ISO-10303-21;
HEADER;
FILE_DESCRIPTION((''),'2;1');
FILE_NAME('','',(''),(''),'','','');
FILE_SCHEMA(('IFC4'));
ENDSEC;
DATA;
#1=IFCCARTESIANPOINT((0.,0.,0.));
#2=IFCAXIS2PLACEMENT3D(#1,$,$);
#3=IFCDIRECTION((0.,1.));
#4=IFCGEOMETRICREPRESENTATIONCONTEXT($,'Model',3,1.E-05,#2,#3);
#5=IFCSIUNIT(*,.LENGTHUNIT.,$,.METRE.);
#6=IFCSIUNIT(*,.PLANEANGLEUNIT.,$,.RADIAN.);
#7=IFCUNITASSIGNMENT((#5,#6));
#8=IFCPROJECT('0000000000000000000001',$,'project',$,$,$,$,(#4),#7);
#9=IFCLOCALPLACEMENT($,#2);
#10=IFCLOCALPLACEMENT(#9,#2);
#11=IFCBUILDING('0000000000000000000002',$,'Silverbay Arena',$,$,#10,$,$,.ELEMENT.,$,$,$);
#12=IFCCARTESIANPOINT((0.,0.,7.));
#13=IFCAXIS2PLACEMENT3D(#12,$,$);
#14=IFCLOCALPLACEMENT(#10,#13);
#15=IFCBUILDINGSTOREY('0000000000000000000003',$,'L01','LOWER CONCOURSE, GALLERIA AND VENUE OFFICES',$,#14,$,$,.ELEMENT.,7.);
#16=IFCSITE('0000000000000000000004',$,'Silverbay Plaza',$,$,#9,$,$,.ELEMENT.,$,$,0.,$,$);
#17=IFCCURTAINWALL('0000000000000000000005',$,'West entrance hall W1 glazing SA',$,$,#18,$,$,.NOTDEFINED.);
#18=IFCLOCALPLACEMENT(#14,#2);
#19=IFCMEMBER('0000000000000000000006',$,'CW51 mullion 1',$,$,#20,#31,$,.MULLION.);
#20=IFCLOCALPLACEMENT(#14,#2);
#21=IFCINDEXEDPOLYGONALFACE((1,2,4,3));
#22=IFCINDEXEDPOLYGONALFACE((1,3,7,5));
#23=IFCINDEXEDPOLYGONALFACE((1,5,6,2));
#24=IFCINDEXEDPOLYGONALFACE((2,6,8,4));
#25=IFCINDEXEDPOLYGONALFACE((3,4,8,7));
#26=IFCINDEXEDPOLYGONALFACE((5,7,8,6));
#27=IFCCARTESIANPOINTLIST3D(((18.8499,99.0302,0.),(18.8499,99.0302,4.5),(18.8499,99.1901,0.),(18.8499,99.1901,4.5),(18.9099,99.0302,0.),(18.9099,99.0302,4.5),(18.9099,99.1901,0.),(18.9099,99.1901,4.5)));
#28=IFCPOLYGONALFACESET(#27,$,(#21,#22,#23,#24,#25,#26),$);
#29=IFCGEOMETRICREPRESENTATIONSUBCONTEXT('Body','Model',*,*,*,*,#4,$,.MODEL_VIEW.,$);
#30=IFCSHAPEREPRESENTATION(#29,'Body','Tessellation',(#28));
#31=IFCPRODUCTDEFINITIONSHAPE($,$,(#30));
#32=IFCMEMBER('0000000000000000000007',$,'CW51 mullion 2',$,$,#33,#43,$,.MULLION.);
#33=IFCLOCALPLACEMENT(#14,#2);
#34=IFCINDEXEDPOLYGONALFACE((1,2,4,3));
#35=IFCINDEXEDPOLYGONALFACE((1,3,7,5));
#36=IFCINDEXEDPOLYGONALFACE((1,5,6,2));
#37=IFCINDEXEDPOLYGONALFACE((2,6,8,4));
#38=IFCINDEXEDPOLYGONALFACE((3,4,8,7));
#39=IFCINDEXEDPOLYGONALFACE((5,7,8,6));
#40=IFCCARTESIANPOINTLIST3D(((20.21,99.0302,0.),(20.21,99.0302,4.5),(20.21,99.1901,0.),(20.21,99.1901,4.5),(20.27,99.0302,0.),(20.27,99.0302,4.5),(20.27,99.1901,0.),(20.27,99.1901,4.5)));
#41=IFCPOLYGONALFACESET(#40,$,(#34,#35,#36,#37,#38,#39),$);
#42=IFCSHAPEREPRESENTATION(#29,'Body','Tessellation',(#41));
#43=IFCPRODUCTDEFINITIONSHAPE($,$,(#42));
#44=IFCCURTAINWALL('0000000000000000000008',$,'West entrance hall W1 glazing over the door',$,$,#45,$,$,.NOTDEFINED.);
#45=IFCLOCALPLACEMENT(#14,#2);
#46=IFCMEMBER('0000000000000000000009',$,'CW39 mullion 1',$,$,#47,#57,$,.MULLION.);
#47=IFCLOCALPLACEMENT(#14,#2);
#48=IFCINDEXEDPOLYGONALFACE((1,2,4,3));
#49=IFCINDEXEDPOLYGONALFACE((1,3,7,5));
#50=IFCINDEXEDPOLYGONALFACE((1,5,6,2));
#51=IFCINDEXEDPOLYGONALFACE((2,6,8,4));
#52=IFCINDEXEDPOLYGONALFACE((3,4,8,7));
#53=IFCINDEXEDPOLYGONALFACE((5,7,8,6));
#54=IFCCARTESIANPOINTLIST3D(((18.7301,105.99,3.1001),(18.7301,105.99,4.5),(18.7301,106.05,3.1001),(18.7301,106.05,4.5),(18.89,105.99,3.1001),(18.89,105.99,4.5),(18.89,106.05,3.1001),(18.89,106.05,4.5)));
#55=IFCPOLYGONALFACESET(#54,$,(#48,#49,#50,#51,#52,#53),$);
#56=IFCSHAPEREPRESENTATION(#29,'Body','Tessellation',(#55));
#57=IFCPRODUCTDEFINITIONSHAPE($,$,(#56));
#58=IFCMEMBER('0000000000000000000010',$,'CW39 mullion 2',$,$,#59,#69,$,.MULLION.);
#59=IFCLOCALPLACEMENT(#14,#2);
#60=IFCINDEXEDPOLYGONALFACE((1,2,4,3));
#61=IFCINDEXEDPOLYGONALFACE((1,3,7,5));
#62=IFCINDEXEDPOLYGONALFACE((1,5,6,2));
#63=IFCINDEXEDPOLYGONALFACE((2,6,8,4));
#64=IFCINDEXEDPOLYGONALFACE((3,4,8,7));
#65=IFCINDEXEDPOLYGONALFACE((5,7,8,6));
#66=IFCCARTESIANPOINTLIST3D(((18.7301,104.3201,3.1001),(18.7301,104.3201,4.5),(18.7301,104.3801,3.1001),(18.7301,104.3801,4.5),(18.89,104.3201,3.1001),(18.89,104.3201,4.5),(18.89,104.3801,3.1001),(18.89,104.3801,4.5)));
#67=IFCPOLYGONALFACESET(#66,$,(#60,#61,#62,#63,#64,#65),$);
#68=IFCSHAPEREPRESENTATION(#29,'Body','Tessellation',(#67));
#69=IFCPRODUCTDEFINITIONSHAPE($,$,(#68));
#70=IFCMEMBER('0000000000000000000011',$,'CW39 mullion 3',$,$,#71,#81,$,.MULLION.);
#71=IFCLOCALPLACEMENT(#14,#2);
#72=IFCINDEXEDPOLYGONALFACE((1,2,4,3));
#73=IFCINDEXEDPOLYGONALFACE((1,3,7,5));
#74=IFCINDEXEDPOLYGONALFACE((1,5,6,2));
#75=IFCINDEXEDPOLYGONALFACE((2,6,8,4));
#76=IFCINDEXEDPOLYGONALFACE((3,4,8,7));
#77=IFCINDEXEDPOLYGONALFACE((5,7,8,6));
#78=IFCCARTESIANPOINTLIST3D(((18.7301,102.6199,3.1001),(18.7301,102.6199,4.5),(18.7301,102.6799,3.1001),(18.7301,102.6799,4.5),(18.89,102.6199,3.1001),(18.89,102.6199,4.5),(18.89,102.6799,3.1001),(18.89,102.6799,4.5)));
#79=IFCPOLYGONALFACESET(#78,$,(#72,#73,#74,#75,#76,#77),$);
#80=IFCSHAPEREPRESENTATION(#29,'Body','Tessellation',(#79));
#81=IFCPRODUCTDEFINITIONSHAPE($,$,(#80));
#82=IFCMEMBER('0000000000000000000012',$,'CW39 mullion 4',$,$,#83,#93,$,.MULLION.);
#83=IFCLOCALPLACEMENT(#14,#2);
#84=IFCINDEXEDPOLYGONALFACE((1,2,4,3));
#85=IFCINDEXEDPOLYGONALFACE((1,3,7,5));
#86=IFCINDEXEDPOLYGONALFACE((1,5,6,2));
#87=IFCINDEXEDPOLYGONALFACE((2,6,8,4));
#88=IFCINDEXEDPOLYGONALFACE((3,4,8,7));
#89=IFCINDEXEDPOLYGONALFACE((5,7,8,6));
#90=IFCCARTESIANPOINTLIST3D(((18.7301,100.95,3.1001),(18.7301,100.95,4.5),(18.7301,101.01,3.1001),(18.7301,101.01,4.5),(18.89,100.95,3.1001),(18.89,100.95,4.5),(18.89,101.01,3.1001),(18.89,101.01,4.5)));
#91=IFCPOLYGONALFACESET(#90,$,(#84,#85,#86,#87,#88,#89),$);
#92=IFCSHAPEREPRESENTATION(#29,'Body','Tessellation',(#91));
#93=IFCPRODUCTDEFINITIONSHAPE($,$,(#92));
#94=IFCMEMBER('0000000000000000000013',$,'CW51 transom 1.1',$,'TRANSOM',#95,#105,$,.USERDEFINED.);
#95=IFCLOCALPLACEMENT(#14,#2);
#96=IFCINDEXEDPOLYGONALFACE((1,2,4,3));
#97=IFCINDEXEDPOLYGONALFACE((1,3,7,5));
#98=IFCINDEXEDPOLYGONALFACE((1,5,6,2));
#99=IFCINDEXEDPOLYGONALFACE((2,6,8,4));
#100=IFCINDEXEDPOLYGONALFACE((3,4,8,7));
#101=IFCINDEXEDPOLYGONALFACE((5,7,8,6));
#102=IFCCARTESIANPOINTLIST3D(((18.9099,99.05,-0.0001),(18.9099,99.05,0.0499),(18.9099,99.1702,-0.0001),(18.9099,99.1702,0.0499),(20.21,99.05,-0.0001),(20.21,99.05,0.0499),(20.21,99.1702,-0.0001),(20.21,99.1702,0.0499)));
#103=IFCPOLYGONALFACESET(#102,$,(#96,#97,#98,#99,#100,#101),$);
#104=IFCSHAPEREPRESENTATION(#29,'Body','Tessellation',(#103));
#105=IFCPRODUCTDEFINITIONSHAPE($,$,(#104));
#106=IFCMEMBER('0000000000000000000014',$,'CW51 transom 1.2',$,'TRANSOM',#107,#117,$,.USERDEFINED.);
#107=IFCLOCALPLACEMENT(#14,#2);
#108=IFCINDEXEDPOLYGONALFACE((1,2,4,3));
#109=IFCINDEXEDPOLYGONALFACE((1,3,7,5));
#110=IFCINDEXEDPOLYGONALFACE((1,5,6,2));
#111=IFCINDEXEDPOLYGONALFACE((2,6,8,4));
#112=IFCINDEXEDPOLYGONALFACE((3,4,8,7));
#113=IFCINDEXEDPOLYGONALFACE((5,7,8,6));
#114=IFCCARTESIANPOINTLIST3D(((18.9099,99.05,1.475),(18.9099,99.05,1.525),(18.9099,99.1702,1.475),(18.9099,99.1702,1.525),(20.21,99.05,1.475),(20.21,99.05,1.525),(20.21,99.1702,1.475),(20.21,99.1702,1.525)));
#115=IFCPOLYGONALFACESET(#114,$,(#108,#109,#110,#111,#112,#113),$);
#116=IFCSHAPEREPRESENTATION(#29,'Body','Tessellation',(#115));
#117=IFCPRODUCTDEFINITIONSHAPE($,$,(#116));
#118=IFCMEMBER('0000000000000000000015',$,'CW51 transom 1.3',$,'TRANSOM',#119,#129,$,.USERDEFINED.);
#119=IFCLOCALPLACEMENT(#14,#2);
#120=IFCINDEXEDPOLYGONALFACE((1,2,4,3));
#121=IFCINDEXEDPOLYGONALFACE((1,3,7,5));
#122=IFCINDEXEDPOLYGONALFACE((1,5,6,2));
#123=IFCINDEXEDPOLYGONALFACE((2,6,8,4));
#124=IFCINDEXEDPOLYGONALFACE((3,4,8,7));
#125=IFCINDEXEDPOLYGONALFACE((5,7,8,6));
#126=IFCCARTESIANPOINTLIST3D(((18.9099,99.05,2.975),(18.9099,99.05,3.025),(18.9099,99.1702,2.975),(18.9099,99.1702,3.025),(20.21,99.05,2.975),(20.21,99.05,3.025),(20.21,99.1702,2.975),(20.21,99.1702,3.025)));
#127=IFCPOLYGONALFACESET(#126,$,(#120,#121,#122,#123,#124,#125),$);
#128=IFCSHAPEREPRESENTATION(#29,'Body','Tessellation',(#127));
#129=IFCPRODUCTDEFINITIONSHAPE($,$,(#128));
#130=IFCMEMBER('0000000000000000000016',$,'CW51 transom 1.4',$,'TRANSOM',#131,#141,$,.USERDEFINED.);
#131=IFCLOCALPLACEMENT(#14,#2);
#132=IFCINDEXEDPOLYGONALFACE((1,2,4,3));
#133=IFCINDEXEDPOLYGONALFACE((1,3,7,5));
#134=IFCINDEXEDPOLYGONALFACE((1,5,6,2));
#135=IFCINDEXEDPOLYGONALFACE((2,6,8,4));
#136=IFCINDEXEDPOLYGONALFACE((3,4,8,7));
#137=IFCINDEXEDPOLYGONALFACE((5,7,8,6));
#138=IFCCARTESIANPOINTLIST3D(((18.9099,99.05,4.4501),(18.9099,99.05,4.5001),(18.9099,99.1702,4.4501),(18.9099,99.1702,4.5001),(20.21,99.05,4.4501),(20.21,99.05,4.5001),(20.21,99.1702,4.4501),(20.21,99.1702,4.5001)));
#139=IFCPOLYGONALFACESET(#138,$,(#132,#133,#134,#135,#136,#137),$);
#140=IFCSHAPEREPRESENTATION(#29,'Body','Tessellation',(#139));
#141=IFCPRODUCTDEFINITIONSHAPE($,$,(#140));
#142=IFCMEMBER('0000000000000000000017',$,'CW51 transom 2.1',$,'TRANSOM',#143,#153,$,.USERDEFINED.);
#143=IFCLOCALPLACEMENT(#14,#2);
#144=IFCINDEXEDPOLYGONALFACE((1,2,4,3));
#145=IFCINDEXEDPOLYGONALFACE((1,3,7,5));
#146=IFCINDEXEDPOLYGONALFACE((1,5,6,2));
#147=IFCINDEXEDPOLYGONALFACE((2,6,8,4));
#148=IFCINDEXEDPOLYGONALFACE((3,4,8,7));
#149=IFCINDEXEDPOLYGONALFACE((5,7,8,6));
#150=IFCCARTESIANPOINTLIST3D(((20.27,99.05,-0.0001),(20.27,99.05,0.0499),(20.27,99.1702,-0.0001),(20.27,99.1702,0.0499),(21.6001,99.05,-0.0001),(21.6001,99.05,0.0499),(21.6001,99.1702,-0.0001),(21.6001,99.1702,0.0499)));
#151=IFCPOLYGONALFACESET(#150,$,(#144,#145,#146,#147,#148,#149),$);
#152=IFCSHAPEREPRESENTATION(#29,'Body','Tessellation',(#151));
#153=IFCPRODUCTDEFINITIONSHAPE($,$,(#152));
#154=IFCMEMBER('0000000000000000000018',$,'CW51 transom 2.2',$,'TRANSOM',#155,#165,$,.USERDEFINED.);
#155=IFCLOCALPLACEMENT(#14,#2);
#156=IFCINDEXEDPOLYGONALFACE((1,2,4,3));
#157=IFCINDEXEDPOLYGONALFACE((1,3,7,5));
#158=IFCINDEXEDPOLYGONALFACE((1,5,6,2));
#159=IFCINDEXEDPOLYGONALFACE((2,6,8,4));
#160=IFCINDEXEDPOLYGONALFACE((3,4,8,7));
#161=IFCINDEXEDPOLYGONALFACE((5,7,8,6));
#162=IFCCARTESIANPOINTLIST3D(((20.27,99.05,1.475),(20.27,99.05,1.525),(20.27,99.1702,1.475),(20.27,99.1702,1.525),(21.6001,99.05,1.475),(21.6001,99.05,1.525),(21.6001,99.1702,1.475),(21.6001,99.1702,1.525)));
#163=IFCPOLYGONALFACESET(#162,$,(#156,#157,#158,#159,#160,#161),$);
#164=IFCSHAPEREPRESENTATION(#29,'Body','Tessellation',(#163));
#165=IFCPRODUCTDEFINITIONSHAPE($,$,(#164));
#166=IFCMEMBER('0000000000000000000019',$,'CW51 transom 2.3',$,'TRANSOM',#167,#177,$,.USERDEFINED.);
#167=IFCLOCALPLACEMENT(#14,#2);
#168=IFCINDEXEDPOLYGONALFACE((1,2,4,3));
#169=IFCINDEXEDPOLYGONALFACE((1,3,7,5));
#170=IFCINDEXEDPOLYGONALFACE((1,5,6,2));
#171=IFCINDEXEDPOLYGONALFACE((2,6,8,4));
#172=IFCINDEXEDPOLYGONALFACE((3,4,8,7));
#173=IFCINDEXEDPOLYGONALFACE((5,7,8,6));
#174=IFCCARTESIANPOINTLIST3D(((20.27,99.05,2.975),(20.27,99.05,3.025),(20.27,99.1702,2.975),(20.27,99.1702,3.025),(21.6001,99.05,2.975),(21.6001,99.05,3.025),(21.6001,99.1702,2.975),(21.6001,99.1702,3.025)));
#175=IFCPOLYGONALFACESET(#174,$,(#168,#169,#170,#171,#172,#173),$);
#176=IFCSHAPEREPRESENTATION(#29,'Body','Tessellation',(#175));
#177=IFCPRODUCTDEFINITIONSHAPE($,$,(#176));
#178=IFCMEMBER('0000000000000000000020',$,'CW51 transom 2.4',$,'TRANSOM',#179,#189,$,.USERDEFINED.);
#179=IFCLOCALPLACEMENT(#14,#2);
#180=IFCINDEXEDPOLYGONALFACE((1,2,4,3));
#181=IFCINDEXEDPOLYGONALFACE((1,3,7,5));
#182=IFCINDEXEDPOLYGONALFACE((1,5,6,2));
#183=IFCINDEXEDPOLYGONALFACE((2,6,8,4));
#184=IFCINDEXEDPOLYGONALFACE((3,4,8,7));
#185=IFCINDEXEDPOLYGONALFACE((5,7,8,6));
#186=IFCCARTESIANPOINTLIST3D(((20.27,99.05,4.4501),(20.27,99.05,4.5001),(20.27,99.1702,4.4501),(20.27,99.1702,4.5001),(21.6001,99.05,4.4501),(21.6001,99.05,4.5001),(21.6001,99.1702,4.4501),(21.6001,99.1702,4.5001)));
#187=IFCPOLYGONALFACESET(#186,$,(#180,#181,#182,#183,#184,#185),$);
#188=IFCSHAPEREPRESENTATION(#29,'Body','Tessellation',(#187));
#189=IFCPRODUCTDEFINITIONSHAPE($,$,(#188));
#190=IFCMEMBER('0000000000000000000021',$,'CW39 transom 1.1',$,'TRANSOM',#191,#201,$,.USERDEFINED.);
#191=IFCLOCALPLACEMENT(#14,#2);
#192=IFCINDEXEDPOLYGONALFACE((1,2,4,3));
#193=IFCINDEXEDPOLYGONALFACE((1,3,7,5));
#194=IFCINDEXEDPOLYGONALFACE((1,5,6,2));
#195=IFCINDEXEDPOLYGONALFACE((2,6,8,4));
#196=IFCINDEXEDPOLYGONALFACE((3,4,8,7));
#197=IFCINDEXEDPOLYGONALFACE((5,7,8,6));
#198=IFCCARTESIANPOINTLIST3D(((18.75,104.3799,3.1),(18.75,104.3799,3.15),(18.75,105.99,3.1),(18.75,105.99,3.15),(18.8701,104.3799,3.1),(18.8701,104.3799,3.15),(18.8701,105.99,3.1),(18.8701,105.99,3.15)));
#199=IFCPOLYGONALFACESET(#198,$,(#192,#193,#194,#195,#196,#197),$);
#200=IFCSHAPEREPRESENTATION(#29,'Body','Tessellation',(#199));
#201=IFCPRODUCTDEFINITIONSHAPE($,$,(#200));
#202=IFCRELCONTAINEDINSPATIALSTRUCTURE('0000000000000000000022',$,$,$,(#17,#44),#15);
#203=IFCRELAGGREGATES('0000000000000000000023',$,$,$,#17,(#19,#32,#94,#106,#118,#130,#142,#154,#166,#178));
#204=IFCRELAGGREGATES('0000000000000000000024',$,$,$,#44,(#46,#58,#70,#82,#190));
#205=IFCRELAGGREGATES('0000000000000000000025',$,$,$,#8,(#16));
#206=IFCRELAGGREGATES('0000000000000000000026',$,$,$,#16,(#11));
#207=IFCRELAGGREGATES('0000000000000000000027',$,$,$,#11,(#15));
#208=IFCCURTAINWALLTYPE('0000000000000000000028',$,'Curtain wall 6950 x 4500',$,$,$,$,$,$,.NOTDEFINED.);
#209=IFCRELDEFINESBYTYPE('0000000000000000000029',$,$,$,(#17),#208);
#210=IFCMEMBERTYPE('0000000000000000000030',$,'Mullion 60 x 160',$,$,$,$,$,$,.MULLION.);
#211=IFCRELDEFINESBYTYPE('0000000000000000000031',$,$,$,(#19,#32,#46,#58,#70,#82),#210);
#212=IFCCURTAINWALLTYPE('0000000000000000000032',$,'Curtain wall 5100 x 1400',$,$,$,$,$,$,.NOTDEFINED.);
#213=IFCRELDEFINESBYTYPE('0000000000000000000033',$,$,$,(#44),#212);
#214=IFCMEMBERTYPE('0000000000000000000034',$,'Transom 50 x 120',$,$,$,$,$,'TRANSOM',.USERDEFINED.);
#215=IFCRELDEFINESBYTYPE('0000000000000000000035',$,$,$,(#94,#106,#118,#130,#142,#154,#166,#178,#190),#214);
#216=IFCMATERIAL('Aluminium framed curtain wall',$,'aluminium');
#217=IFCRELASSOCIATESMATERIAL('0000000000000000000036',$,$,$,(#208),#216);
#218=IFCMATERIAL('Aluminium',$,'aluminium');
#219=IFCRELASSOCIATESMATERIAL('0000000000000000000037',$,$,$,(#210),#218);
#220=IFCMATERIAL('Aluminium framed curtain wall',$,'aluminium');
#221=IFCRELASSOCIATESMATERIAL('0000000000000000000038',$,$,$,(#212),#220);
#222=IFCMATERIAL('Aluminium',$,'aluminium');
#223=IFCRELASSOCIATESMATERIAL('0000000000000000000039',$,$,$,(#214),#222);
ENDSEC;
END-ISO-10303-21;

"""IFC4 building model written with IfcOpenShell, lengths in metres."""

from ifc_helpers import new_model, si_unit, direction, frame, origin, origin_2d, place, context, subcontext, project, spatial, rectangle, extrude, material, material_profile, profile_set, type_object, element, aggregate, save


model = new_model("IFC4")

# Units and contexts
model_context = context("Model", 3, precision=1e-05, world=origin(), true_north=direction((0.0, 1.0)))
body_context = subcontext(model_context, "Body", "Model", "MODEL_VIEW")
ifc_project = project(units=[si_unit("LENGTHUNIT", "METRE"), si_unit("PLANEANGLEUNIT", "RADIAN")], contexts=[model_context])

# Site, building, storey
site_placement = place(None, origin())
site = spatial("IfcSite", under=ifc_project, at=site_placement, Name="Silverbay Plaza", CompositionType="ELEMENT", RefElevation=0.0)
building_placement = place(site_placement, origin())
building = spatial("IfcBuilding", under=site, at=building_placement, Name="Silverbay Arena", CompositionType="ELEMENT")
storey_placement = place(building_placement, frame((0.0, 0.0, 7.0)))
storey = spatial("IfcBuildingStorey", under=building, at=storey_placement, Name="L01", Description="LOWER CONCOURSE, GALLERIA AND VENUE OFFICES", CompositionType="ELEMENT", Elevation=7.0)

# Curtain walls, members
ifc_material_1 = material(Name="Aluminium framed curtain wall", Category="aluminium")
curtain_wall_type_1 = type_object("IfcCurtainWallType", Name="Curtain wall 6950 x 4500", PredefinedType="NOTDEFINED", material=ifc_material_1)
curtain_wall_1_placement = place(storey_placement, origin())
curtain_wall_1 = element("IfcCurtainWall", 1, at=curtain_wall_1_placement, inside=storey, type_object=curtain_wall_type_1, Name="West entrance hall W1 glazing SA", PredefinedType="NOTDEFINED")
ifc_material_2 = material(Name="Aluminium", Category="aluminium")
ifc_material_profile_1 = material_profile(ifc_material_2, rectangle(XDim=0.1599, YDim=0.0601, at=origin_2d()), Name="Mullion 60 x 160")
ifc_profile_set_1 = profile_set([ifc_material_profile_1], Name="Aluminium")
member_type_1 = type_object("IfcMemberType", Name="Mullion 60 x 160", PredefinedType="MULLION", material=ifc_profile_set_1)
member_1_placement = place(storey_placement, frame((18.8799, 99.1101, 0.0), z_axis=(0.0, 0.0, 1.0), x_axis=(0.0, 1.0, 0.0)))
member_1 = element("IfcMember", 2, at=member_1_placement, type_object=member_type_1, Name="CW51 mullion 1", PredefinedType="MULLION", context=body_context, shape_type="SweptSolid", body=[
    extrude(rectangle(XDim=0.1599, YDim=0.0601, at=origin_2d()), origin(), (0.0, 0.0, 1.0), 4.5),
])
member_2_placement = place(storey_placement, frame((20.24, 99.1101, 0.0), z_axis=(0.0, 0.0, 1.0), x_axis=(0.0, 1.0, 0.0)))
member_2 = element("IfcMember", 3, at=member_2_placement, type_object=member_type_1, Name="CW51 mullion 2", PredefinedType="MULLION", context=body_context, shape_type="SweptSolid", body=[
    extrude(rectangle(XDim=0.1599, YDim=0.0601, at=origin_2d()), origin(), (0.0, 0.0, 1.0), 4.5),
])
ifc_material_3 = material(Name="Aluminium framed curtain wall", Category="aluminium")
curtain_wall_type_2 = type_object("IfcCurtainWallType", Name="Curtain wall 5100 x 1400", PredefinedType="NOTDEFINED", material=ifc_material_3)
curtain_wall_2_placement = place(storey_placement, origin())
curtain_wall_2 = element("IfcCurtainWall", 4, at=curtain_wall_2_placement, inside=storey, type_object=curtain_wall_type_2, Name="West entrance hall W1 glazing over the door", PredefinedType="NOTDEFINED")
member_3_placement = place(storey_placement, frame((18.8101, 106.02, 3.1001), z_axis=(0.0, 0.0, 1.0), x_axis=(1.0, 0.0, 0.0)))
member_3 = element("IfcMember", 5, at=member_3_placement, type_object=member_type_1, Name="CW39 mullion 1", PredefinedType="MULLION", context=body_context, shape_type="SweptSolid", body=[
    extrude(rectangle(XDim=0.1599, YDim=0.0601, at=origin_2d()), origin(), (0.0, 0.0, 1.0), 1.3999),
])
member_4_placement = place(storey_placement, frame((18.8101, 104.3501, 3.1001), z_axis=(0.0, 0.0, 1.0), x_axis=(1.0, 0.0, 0.0)))
member_4 = element("IfcMember", 6, at=member_4_placement, type_object=member_type_1, Name="CW39 mullion 2", PredefinedType="MULLION", context=body_context, shape_type="SweptSolid", body=[
    extrude(rectangle(XDim=0.1599, YDim=0.0601, at=origin_2d()), origin(), (0.0, 0.0, 1.0), 1.3999),
])
member_5_placement = place(storey_placement, frame((18.8101, 102.6499, 3.1001), z_axis=(0.0, 0.0, 1.0), x_axis=(1.0, 0.0, 0.0)))
member_5 = element("IfcMember", 7, at=member_5_placement, type_object=member_type_1, Name="CW39 mullion 3", PredefinedType="MULLION", context=body_context, shape_type="SweptSolid", body=[
    extrude(rectangle(XDim=0.1599, YDim=0.0601, at=origin_2d()), origin(), (0.0, 0.0, 1.0), 1.3999),
])
member_6_placement = place(storey_placement, frame((18.8101, 100.98, 3.1001), z_axis=(0.0, 0.0, 1.0), x_axis=(1.0, 0.0, 0.0)))
member_6 = element("IfcMember", 8, at=member_6_placement, type_object=member_type_1, Name="CW39 mullion 4", PredefinedType="MULLION", context=body_context, shape_type="SweptSolid", body=[
    extrude(rectangle(XDim=0.1599, YDim=0.0601, at=origin_2d()), origin(), (0.0, 0.0, 1.0), 1.3999),
])

# Members
ifc_material_4 = material(Name="Aluminium", Category="aluminium")
ifc_material_profile_2 = material_profile(ifc_material_4, rectangle(XDim=0.1201, YDim=0.05, at=origin_2d()), Name="Transom 50 x 120")
ifc_profile_set_2 = profile_set([ifc_material_profile_2], Name="Aluminium")
member_type_2 = type_object("IfcMemberType", Name="Transom 50 x 120", ElementType="TRANSOM", PredefinedType="USERDEFINED", material=ifc_profile_set_2)
member_7_placement = place(storey_placement, frame((18.9099, 99.1101, 0.0249), z_axis=(1.0, 0.0, 0.0), x_axis=(0.0, 1.0, 0.0)))
member_7 = element("IfcMember", 9, at=member_7_placement, type_object=member_type_2, Name="CW51 transom 1.1", ObjectType="TRANSOM", PredefinedType="USERDEFINED", context=body_context, shape_type="SweptSolid", body=[
    extrude(rectangle(XDim=0.1201, YDim=0.05, at=origin_2d()), origin(), (0.0, 0.0, 1.0), 1.3),
])
member_8_placement = place(storey_placement, frame((18.9099, 99.1101, 1.5), z_axis=(1.0, 0.0, 0.0), x_axis=(0.0, 1.0, 0.0)))
member_8 = element("IfcMember", 10, at=member_8_placement, type_object=member_type_2, Name="CW51 transom 1.2", ObjectType="TRANSOM", PredefinedType="USERDEFINED", context=body_context, shape_type="SweptSolid", body=[
    extrude(rectangle(XDim=0.1201, YDim=0.05, at=origin_2d()), origin(), (0.0, 0.0, 1.0), 1.3),
])
member_9_placement = place(storey_placement, frame((18.9099, 99.1101, 3.0), z_axis=(1.0, 0.0, 0.0), x_axis=(0.0, 1.0, 0.0)))
member_9 = element("IfcMember", 11, at=member_9_placement, type_object=member_type_2, Name="CW51 transom 1.3", ObjectType="TRANSOM", PredefinedType="USERDEFINED", context=body_context, shape_type="SweptSolid", body=[
    extrude(rectangle(XDim=0.1201, YDim=0.05, at=origin_2d()), origin(), (0.0, 0.0, 1.0), 1.3),
])
member_10_placement = place(storey_placement, frame((18.9099, 99.1101, 4.4751), z_axis=(1.0, 0.0, 0.0), x_axis=(0.0, 1.0, 0.0)))
member_10 = element("IfcMember", 12, at=member_10_placement, type_object=member_type_2, Name="CW51 transom 1.4", ObjectType="TRANSOM", PredefinedType="USERDEFINED", context=body_context, shape_type="SweptSolid", body=[
    extrude(rectangle(XDim=0.1201, YDim=0.05, at=origin_2d()), origin(), (0.0, 0.0, 1.0), 1.3),
])
member_11_placement = place(storey_placement, frame((20.27, 99.1101, 0.0249), z_axis=(1.0, 0.0, 0.0), x_axis=(0.0, 1.0, 0.0)))
member_11 = element("IfcMember", 13, at=member_11_placement, type_object=member_type_2, Name="CW51 transom 2.1", ObjectType="TRANSOM", PredefinedType="USERDEFINED", context=body_context, shape_type="SweptSolid", body=[
    extrude(rectangle(XDim=0.1201, YDim=0.05, at=origin_2d()), origin(), (0.0, 0.0, 1.0), 1.3301),
])
member_12_placement = place(storey_placement, frame((20.27, 99.1101, 1.5), z_axis=(1.0, 0.0, 0.0), x_axis=(0.0, 1.0, 0.0)))
member_12 = element("IfcMember", 14, at=member_12_placement, type_object=member_type_2, Name="CW51 transom 2.2", ObjectType="TRANSOM", PredefinedType="USERDEFINED", context=body_context, shape_type="SweptSolid", body=[
    extrude(rectangle(XDim=0.1201, YDim=0.05, at=origin_2d()), origin(), (0.0, 0.0, 1.0), 1.3301),
])
member_13_placement = place(storey_placement, frame((20.27, 99.1101, 3.0), z_axis=(1.0, 0.0, 0.0), x_axis=(0.0, 1.0, 0.0)))
member_13 = element("IfcMember", 15, at=member_13_placement, type_object=member_type_2, Name="CW51 transom 2.3", ObjectType="TRANSOM", PredefinedType="USERDEFINED", context=body_context, shape_type="SweptSolid", body=[
    extrude(rectangle(XDim=0.1201, YDim=0.05, at=origin_2d()), origin(), (0.0, 0.0, 1.0), 1.3301),
])
member_14_placement = place(storey_placement, frame((20.27, 99.1101, 4.4751), z_axis=(1.0, 0.0, 0.0), x_axis=(0.0, 1.0, 0.0)))
member_14 = element("IfcMember", 16, at=member_14_placement, type_object=member_type_2, Name="CW51 transom 2.4", ObjectType="TRANSOM", PredefinedType="USERDEFINED", context=body_context, shape_type="SweptSolid", body=[
    extrude(rectangle(XDim=0.1201, YDim=0.05, at=origin_2d()), origin(), (0.0, 0.0, 1.0), 1.3301),
])
member_15_placement = place(storey_placement, frame((18.8101, 105.99, 3.125), z_axis=(0.0, -1.0, 0.0), x_axis=(1.0, 0.0, 0.0)))
member_15 = element("IfcMember", 17, at=member_15_placement, type_object=member_type_2, Name="CW39 transom 1.1", ObjectType="TRANSOM", PredefinedType="USERDEFINED", context=body_context, shape_type="SweptSolid", body=[
    extrude(rectangle(XDim=0.1201, YDim=0.05, at=origin_2d()), origin(), (0.0, 0.0, 1.0), 1.6101),
])

aggregate(curtain_wall_1, [member_1, member_2, member_7, member_8, member_9, member_10, member_11, member_12, member_13, member_14])
aggregate(curtain_wall_2, [member_3, member_4, member_5, member_6, member_15])

save(model, "model.ifc")
